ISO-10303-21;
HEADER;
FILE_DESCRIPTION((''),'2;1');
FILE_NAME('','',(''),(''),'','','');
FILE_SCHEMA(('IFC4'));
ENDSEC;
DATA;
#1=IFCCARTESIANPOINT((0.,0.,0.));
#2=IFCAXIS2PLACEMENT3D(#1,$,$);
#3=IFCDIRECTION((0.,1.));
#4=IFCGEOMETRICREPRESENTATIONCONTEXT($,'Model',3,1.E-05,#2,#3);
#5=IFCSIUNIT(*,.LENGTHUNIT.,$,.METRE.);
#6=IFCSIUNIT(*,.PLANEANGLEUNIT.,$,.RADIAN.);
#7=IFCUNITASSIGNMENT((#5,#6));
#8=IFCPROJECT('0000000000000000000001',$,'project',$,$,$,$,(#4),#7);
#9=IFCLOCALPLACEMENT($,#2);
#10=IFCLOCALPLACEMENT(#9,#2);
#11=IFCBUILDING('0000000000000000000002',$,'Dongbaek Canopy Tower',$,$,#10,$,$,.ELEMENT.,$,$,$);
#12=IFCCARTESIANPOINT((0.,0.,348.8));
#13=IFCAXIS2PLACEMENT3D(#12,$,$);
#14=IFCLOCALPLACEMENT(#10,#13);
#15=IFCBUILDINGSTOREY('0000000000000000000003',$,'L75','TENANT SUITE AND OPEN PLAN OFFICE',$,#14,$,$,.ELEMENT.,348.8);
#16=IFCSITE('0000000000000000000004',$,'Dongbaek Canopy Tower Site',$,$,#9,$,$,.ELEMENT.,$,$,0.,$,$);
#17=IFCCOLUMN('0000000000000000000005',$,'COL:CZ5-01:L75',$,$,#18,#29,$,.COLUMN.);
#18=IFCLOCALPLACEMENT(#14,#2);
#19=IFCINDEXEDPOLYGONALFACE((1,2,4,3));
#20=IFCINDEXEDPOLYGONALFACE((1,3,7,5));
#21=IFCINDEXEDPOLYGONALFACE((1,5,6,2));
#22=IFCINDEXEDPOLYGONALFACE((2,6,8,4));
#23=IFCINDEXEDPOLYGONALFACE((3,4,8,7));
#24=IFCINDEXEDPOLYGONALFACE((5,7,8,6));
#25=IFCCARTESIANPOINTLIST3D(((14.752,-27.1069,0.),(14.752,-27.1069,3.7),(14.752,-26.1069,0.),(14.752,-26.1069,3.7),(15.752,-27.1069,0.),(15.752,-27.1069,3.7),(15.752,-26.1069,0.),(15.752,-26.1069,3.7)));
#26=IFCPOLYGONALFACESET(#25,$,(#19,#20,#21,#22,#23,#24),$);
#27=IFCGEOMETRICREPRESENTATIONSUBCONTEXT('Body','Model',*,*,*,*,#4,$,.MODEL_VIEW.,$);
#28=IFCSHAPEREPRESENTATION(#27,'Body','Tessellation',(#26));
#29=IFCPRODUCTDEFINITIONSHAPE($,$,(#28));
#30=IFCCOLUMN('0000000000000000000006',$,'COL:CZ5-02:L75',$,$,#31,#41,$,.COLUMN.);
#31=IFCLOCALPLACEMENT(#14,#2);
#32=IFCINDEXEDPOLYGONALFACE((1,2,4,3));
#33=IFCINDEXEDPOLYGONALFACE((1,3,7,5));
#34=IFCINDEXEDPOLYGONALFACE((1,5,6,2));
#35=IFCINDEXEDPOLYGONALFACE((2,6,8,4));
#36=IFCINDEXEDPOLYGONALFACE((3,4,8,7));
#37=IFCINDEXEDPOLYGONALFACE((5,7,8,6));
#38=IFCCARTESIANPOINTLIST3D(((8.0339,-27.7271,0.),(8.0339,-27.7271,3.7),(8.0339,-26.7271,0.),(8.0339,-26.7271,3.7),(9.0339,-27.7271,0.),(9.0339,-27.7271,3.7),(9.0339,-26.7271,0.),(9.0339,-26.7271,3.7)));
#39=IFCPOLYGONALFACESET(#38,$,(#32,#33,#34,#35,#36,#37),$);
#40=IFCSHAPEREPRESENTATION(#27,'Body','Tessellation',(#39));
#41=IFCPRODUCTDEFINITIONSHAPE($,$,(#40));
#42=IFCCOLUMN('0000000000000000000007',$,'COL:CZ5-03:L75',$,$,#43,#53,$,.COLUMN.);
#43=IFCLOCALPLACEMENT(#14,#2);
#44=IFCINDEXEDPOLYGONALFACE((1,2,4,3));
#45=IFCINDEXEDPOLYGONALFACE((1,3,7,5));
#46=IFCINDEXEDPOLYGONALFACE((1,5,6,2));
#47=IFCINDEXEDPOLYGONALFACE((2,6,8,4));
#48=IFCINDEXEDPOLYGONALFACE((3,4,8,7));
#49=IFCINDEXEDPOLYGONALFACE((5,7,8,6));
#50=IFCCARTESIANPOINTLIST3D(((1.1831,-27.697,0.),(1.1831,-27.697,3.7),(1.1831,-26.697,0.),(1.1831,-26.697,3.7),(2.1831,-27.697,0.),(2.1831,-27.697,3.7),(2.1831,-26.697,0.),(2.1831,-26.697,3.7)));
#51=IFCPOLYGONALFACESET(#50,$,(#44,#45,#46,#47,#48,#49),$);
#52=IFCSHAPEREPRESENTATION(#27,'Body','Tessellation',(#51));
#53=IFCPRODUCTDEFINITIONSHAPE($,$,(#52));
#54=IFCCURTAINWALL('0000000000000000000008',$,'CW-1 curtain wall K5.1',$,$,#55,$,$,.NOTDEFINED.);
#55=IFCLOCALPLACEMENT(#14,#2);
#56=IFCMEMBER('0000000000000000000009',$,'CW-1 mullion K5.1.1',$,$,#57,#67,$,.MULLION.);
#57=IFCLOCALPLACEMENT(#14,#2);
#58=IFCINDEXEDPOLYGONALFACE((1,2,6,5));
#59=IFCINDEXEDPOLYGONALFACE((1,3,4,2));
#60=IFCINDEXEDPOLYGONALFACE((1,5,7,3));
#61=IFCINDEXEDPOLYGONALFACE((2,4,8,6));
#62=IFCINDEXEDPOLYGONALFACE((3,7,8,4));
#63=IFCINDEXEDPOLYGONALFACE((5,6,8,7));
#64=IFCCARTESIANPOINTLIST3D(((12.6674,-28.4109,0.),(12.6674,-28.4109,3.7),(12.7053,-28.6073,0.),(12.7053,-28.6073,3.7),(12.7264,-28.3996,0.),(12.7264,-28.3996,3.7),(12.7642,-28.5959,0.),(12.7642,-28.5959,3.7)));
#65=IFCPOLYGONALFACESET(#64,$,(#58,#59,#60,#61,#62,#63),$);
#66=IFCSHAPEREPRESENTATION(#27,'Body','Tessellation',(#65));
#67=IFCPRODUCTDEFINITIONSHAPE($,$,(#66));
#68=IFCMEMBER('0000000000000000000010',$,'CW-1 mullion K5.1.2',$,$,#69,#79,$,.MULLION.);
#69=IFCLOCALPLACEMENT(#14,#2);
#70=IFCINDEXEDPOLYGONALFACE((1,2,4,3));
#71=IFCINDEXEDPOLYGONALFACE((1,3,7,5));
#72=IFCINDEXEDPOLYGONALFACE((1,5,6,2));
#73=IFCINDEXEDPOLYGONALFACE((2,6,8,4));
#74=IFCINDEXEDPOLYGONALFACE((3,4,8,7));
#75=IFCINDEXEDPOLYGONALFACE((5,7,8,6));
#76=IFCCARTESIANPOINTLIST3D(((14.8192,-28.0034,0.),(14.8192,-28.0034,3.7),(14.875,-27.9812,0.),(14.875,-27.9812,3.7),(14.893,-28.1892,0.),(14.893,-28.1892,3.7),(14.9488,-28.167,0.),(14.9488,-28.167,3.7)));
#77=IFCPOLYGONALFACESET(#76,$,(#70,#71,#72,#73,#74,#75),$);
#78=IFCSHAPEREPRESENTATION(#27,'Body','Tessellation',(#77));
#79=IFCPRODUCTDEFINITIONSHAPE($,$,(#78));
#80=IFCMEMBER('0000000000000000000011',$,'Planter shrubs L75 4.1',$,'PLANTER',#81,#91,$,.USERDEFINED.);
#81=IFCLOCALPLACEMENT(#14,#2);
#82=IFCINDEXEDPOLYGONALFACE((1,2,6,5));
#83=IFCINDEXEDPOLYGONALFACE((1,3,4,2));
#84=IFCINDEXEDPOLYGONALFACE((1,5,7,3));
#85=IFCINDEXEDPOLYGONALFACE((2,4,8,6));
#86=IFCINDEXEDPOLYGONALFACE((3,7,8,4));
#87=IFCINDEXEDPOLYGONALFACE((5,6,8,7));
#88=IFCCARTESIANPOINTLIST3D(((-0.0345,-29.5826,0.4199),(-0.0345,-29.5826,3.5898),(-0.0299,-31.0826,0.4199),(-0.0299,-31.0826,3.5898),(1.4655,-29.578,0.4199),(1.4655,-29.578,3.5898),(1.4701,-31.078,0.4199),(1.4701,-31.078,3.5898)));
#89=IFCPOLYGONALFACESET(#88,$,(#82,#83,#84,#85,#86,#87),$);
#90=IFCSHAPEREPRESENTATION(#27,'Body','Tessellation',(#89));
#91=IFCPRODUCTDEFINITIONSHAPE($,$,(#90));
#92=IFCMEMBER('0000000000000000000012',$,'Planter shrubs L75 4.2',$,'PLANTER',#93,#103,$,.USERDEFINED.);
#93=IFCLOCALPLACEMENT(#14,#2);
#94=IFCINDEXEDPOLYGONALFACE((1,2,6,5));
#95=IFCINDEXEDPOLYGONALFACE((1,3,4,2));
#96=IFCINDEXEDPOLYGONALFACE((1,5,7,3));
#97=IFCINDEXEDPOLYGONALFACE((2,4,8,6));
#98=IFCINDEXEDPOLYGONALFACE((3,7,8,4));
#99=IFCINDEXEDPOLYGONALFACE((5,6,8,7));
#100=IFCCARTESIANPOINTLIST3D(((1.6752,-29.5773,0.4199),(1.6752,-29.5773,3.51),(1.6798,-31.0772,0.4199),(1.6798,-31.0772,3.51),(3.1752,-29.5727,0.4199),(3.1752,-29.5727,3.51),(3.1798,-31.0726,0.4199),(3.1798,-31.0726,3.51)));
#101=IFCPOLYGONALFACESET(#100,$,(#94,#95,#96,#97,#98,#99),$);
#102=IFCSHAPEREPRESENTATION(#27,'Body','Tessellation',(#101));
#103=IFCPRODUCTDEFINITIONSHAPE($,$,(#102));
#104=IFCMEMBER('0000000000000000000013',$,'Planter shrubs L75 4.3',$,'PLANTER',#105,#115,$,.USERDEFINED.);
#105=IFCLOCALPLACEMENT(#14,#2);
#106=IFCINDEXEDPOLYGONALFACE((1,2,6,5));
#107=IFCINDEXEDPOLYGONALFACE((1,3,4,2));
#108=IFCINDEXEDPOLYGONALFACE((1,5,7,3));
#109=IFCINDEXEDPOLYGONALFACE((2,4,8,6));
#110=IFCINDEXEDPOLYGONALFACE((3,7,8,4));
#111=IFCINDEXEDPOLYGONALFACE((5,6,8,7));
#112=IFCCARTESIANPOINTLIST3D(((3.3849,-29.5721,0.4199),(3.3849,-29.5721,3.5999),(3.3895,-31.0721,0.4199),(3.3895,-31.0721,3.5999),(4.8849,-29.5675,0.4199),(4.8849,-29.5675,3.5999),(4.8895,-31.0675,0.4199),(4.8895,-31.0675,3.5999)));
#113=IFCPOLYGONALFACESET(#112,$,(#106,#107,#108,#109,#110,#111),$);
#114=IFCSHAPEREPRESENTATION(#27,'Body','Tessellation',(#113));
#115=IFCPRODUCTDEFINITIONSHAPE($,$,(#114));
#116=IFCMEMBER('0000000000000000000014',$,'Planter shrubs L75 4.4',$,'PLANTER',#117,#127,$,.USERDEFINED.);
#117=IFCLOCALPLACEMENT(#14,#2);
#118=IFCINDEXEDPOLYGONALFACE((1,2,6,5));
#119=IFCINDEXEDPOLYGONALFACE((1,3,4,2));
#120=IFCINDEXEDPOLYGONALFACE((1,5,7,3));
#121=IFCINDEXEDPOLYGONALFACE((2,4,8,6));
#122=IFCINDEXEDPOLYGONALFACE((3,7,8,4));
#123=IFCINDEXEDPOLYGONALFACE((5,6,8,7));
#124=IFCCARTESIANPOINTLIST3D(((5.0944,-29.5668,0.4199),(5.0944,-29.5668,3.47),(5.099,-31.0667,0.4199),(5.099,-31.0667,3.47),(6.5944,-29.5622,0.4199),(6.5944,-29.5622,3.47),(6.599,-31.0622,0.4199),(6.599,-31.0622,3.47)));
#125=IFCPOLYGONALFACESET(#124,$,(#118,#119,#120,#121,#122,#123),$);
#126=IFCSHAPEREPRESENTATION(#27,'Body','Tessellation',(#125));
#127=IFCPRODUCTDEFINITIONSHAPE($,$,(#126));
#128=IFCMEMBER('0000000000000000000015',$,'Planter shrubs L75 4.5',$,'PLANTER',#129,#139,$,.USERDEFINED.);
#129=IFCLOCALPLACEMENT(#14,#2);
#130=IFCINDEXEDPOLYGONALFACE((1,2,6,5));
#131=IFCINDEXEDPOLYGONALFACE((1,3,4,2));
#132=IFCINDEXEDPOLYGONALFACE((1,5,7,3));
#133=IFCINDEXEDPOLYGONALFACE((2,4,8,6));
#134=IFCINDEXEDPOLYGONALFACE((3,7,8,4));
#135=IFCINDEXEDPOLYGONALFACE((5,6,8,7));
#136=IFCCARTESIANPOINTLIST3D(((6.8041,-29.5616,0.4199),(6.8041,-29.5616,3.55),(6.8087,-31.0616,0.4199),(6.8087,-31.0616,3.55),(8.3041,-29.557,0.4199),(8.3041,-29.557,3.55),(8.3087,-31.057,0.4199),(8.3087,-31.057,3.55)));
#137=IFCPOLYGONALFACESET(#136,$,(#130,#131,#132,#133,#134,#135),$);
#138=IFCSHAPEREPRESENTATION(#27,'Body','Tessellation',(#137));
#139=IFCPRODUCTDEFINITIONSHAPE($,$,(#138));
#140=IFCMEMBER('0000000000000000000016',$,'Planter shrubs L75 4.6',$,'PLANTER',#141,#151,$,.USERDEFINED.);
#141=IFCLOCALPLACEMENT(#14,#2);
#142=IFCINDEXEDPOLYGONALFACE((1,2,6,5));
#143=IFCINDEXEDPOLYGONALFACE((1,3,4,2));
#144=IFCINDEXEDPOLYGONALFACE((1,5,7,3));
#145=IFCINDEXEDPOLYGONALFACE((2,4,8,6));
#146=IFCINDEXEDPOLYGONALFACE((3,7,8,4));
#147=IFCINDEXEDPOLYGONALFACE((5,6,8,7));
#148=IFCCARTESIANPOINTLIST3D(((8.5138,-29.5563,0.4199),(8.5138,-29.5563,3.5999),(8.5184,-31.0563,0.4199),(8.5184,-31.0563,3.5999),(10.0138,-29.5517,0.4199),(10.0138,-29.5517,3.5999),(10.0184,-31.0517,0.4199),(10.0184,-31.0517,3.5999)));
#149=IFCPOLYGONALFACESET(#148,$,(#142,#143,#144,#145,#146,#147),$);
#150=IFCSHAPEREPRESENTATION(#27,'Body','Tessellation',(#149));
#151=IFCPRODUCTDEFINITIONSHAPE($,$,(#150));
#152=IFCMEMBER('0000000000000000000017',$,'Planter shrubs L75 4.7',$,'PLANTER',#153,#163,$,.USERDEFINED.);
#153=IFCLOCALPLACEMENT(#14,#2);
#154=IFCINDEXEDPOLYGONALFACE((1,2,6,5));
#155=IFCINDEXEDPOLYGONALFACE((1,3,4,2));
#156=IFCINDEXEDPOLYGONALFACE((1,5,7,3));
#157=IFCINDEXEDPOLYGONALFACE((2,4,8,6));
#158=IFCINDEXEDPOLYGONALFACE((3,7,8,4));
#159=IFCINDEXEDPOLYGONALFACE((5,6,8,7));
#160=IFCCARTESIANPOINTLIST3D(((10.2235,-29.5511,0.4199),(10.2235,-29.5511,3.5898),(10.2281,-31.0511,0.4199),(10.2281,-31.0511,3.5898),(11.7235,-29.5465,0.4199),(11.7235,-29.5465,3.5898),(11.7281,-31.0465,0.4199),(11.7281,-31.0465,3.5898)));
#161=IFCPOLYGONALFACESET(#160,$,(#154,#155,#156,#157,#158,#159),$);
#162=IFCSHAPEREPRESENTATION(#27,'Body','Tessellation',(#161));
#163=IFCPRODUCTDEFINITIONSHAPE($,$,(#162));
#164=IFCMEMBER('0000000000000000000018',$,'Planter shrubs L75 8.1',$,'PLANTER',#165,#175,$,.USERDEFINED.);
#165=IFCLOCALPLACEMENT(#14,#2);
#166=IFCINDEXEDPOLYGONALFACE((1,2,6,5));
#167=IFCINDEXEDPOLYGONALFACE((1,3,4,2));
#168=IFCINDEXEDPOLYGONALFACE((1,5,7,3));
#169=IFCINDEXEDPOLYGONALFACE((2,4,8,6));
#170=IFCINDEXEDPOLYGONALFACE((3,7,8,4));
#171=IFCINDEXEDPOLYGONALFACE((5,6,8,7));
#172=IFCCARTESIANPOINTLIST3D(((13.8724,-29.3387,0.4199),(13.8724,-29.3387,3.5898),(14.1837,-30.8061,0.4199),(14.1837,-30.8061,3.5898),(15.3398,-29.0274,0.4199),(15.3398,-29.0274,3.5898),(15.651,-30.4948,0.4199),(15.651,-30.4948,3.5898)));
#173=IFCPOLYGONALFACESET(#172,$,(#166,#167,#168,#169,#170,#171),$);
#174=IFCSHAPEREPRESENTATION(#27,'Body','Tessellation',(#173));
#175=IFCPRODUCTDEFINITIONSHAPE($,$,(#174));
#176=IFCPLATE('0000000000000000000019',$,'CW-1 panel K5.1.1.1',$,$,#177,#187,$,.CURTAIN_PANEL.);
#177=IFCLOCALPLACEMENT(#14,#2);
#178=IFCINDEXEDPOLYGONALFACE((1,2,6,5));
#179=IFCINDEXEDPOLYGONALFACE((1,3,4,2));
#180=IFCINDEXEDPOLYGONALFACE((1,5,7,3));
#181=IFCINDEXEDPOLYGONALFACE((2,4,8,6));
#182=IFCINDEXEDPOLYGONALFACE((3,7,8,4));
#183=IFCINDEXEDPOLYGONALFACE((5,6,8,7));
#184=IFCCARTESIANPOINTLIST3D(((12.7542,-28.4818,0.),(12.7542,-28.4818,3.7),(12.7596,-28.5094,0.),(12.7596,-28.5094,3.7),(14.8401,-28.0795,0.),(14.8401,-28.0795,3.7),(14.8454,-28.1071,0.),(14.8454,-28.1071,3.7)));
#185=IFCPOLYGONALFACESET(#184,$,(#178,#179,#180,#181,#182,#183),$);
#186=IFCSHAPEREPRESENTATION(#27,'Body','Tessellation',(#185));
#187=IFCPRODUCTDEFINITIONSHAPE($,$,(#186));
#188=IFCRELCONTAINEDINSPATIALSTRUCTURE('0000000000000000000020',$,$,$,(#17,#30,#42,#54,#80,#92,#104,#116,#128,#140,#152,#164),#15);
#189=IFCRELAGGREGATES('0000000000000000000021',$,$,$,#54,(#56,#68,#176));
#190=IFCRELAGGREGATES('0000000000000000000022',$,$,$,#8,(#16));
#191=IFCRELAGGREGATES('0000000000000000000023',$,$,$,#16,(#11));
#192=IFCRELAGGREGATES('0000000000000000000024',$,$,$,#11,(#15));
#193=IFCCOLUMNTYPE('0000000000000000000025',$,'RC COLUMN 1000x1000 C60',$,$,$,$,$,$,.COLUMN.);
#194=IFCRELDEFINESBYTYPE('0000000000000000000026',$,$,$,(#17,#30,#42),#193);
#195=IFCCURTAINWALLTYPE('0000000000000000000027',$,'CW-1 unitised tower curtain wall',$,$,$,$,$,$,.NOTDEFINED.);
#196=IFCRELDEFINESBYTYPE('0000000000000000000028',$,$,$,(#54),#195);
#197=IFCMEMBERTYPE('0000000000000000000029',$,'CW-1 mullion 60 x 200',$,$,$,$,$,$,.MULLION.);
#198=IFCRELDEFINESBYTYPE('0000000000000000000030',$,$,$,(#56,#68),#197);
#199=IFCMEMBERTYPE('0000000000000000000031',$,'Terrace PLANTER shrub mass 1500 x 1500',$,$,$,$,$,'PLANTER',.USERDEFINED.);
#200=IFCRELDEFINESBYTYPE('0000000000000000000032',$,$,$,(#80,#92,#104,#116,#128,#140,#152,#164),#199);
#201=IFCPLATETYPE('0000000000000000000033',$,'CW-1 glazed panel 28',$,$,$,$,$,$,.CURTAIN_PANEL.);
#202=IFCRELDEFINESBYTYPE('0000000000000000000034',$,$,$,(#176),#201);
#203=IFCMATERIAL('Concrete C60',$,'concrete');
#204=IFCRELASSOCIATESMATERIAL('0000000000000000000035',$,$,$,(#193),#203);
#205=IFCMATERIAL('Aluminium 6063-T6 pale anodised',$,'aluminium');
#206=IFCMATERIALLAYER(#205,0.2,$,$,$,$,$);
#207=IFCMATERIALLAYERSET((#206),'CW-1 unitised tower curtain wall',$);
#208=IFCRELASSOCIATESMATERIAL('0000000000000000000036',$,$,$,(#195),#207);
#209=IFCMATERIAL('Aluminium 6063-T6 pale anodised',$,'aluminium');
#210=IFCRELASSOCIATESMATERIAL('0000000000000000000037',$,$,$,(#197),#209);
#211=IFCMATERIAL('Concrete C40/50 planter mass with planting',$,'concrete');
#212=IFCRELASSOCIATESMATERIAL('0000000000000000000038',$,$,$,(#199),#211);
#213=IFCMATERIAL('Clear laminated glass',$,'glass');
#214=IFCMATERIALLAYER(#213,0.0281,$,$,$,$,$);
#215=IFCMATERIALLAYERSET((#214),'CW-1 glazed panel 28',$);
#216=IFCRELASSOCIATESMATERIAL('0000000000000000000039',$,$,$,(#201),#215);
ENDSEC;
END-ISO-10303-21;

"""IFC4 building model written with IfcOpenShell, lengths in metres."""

from ifc_helpers import new_model, si_unit, direction, frame, origin, origin_2d, place, context, subcontext, project, spatial, rectangle, extrude, material, layer, layer_set, material_profile, profile_set, type_object, element, aggregate, save


model = new_model("IFC4")

# Units and contexts
model_context = context("Model", 3, precision=1e-05, world=origin(), true_north=direction((0.0, 1.0)))
body_context = subcontext(model_context, "Body", "Model", "MODEL_VIEW")
ifc_project = project(units=[si_unit("LENGTHUNIT", "METRE"), si_unit("PLANEANGLEUNIT", "RADIAN")], contexts=[model_context])

# Site, building, storey
site_placement = place(None, origin())
site = spatial("IfcSite", under=ifc_project, at=site_placement, Name="Dongbaek Canopy Tower Site", CompositionType="ELEMENT", RefElevation=0.0)
building_placement = place(site_placement, origin())
building = spatial("IfcBuilding", under=site, at=building_placement, Name="Dongbaek Canopy Tower", CompositionType="ELEMENT")
storey_placement = place(building_placement, frame((0.0, 0.0, 348.8)))
storey = spatial("IfcBuildingStorey", under=building, at=storey_placement, Name="L75", Description="TENANT SUITE AND OPEN PLAN OFFICE", CompositionType="ELEMENT", Elevation=348.8)

# Columns
ifc_material_1 = material(Name="Concrete C60", Category="concrete")
ifc_material_profile_1 = material_profile(ifc_material_1, rectangle(XDim=1.0, YDim=1.0, at=origin_2d()), Name="RC COLUMN 1000x1000 C60")
ifc_profile_set_1 = profile_set([ifc_material_profile_1], Name="Concrete C60")
column_type = type_object("IfcColumnType", Name="RC COLUMN 1000x1000 C60", PredefinedType="COLUMN", material=ifc_profile_set_1)
for number, where, z_axis, x_axis, name in (
    (1, (15.252, -26.6069, 0.0), (0.0, 0.0, 1.0), (1.0, 0.0, 0.0), "COL:CZ5-01:L75"),
    (2, (8.5339, -27.2271, 0.0), (0.0, 0.0, 1.0), (1.0, 0.0, 0.0), "COL:CZ5-02:L75"),
    (3, (1.6831, -27.197, 0.0), (0.0, 0.0, 1.0), (1.0, 0.0, 0.0), "COL:CZ5-03:L75"),
):
    element("IfcColumn", number, at=place(storey_placement, frame(where, z_axis=z_axis, x_axis=x_axis)), inside=storey, type_object=column_type, Name=name, PredefinedType="COLUMN", context=body_context, shape_type="SweptSolid", body=[
        extrude(rectangle(XDim=1.0, YDim=1.0, at=origin_2d()), origin(), (0.0, 0.0, 1.0), 3.7),
    ])

# Curtain wall, members
ifc_material_2 = material(Name="Aluminium 6063-T6 pale anodised", Category="aluminium")
ifc_layer_1 = layer(ifc_material_2, 0.2)
ifc_layer_set_1 = layer_set([ifc_layer_1], Name="CW-1 unitised tower curtain wall")
curtain_wall_type = type_object("IfcCurtainWallType", Name="CW-1 unitised tower curtain wall", PredefinedType="NOTDEFINED", material=ifc_layer_set_1)
curtain_wall_placement = place(storey_placement, origin())
curtain_wall = element("IfcCurtainWall", 4, at=curtain_wall_placement, inside=storey, type_object=curtain_wall_type, Name="CW-1 curtain wall K5.1", PredefinedType="NOTDEFINED")
ifc_material_3 = material(Name="Aluminium 6063-T6 pale anodised", Category="aluminium")
ifc_material_profile_2 = material_profile(ifc_material_3, rectangle(XDim=0.2, YDim=0.0601, at=origin_2d()), Name="CW-1 mullion 60 x 200")
ifc_profile_set_2 = profile_set([ifc_material_profile_2], Name="Aluminium 6063-T6 pale anodised")
member_type_1 = type_object("IfcMemberType", Name="CW-1 mullion 60 x 200", PredefinedType="MULLION", material=ifc_profile_set_2)
member_1_placement = place(storey_placement, frame((12.7158, -28.5034, 0.0), z_axis=(0.0, 0.0, 1.0), x_axis=(0.189394, -0.981901, 0.0)))
member_1 = element("IfcMember", 5, at=member_1_placement, type_object=member_type_1, Name="CW-1 mullion K5.1.1", PredefinedType="MULLION", context=body_context, shape_type="SweptSolid", body=[
    extrude(rectangle(XDim=0.2, YDim=0.0601, at=origin_2d()), origin(), (0.0, 0.0, 1.0), 3.7),
])
member_2_placement = place(storey_placement, frame((14.884, -28.0852, 0.0), z_axis=(0.0, 0.0, 1.0), x_axis=(0.369084, -0.929396, 0.0)))
member_2 = element("IfcMember", 6, at=member_2_placement, type_object=member_type_1, Name="CW-1 mullion K5.1.2", PredefinedType="MULLION", context=body_context, shape_type="SweptSolid", body=[
    extrude(rectangle(XDim=0.2, YDim=0.0601, at=origin_2d()), origin(), (0.0, 0.0, 1.0), 3.7),
])

# Members
ifc_material_4 = material(Name="Concrete C40/50 planter mass with planting", Category="concrete")
ifc_material_profile_3 = material_profile(ifc_material_4, rectangle(XDim=1.5, YDim=1.5, at=origin_2d()), Name="Terrace PLANTER shrub mass 1500 x 1500")
ifc_profile_set_3 = profile_set([ifc_material_profile_3], Name="Concrete C40/50 planter mass with planting")
member_type_2 = type_object("IfcMemberType", Name="Terrace PLANTER shrub mass 1500 x 1500", ElementType="PLANTER", PredefinedType="USERDEFINED", material=ifc_profile_set_3)
member_3_placement = place(storey_placement, frame((0.7178, -30.3303, 0.4199), z_axis=(0.0, 0.0, 1.0), x_axis=(0.003066, -0.999995, 0.0)))
element("IfcMember", 7, at=member_3_placement, inside=storey, type_object=member_type_2, Name="Planter shrubs L75 4.1", ObjectType="PLANTER", PredefinedType="USERDEFINED", context=body_context, shape_type="SweptSolid", body=[
    extrude(rectangle(XDim=1.5, YDim=1.5, at=origin_2d()), origin(), (0.0, 0.0, 1.0), 3.1699),
])
member_4_placement = place(storey_placement, frame((2.4275, -30.325, 0.4199), z_axis=(0.0, 0.0, 1.0), x_axis=(0.003066, -0.999995, 0.0)))
element("IfcMember", 8, at=member_4_placement, inside=storey, type_object=member_type_2, Name="Planter shrubs L75 4.2", ObjectType="PLANTER", PredefinedType="USERDEFINED", context=body_context, shape_type="SweptSolid", body=[
    extrude(rectangle(XDim=1.5, YDim=1.5, at=origin_2d()), origin(), (0.0, 0.0, 1.0), 3.0901),
])
member_5_placement = place(storey_placement, frame((4.1372, -30.3198, 0.4199), z_axis=(0.0, 0.0, 1.0), x_axis=(0.003066, -0.999995, 0.0)))
element("IfcMember", 9, at=member_5_placement, inside=storey, type_object=member_type_2, Name="Planter shrubs L75 4.3", ObjectType="PLANTER", PredefinedType="USERDEFINED", context=body_context, shape_type="SweptSolid", body=[
    extrude(rectangle(XDim=1.5, YDim=1.5, at=origin_2d()), origin(), (0.0, 0.0, 1.0), 3.1799),
])
member_6_placement = place(storey_placement, frame((5.8467, -30.3145, 0.4199), z_axis=(0.0, 0.0, 1.0), x_axis=(0.003066, -0.999995, 0.0)))
element("IfcMember", 10, at=member_6_placement, inside=storey, type_object=member_type_2, Name="Planter shrubs L75 4.4", ObjectType="PLANTER", PredefinedType="USERDEFINED", context=body_context, shape_type="SweptSolid", body=[
    extrude(rectangle(XDim=1.5, YDim=1.5, at=origin_2d()), origin(), (0.0, 0.0, 1.0), 3.05),
])
member_7_placement = place(storey_placement, frame((7.5564, -30.3093, 0.4199), z_axis=(0.0, 0.0, 1.0), x_axis=(0.003066, -0.999995, 0.0)))
element("IfcMember", 11, at=member_7_placement, inside=storey, type_object=member_type_2, Name="Planter shrubs L75 4.5", ObjectType="PLANTER", PredefinedType="USERDEFINED", context=body_context, shape_type="SweptSolid", body=[
    extrude(rectangle(XDim=1.5, YDim=1.5, at=origin_2d()), origin(), (0.0, 0.0, 1.0), 3.1301),
])
member_8_placement = place(storey_placement, frame((9.2661, -30.304, 0.4199), z_axis=(0.0, 0.0, 1.0), x_axis=(0.003066, -0.999995, 0.0)))
element("IfcMember", 12, at=member_8_placement, inside=storey, type_object=member_type_2, Name="Planter shrubs L75 4.6", ObjectType="PLANTER", PredefinedType="USERDEFINED", context=body_context, shape_type="SweptSolid", body=[
    extrude(rectangle(XDim=1.5, YDim=1.5, at=origin_2d()), origin(), (0.0, 0.0, 1.0), 3.1799),
])
for number, where, z_axis, x_axis, name in (
    (13, (10.9758, -30.2988, 0.4199), (0.0, 0.0, 1.0), (0.003066, -0.999995, 0.0), "Planter shrubs L75 4.7"),
    (14, (14.7617, -29.9167, 0.4199), (0.0, 0.0, 1.0), (0.207514, -0.978232, 0.0), "Planter shrubs L75 8.1"),
):
    element("IfcMember", number, at=place(storey_placement, frame(where, z_axis=z_axis, x_axis=x_axis)), inside=storey, type_object=member_type_2, Name=name, ObjectType="PLANTER", PredefinedType="USERDEFINED", context=body_context, shape_type="SweptSolid", body=[
        extrude(rectangle(XDim=1.5, YDim=1.5, at=origin_2d()), origin(), (0.0, 0.0, 1.0), 3.1699),
    ])

# Plate
ifc_material_5 = material(Name="Clear laminated glass", Category="glass")
ifc_layer_2 = layer(ifc_material_5, 0.0281)
ifc_layer_set_2 = layer_set([ifc_layer_2], Name="CW-1 glazed panel 28")
plate_type = type_object("IfcPlateType", Name="CW-1 glazed panel 28", PredefinedType="CURTAIN_PANEL", material=ifc_layer_set_2)
plate_placement = place(storey_placement, frame((13.7998, -28.2944, 0.0), z_axis=(0.0, 0.0, 1.0), x_axis=(0.981901, 0.189394, 0.0)))
plate = element("IfcPlate", 15, at=plate_placement, type_object=plate_type, Name="CW-1 panel K5.1.1.1", PredefinedType="CURTAIN_PANEL", context=body_context, shape_type="SweptSolid", body=[
    extrude(rectangle(XDim=2.1243, YDim=0.0281, at=origin_2d()), origin(), (0.0, 0.0, 1.0), 3.7),
])
aggregate(curtain_wall, [member_1, member_2, plate])

save(model, "model.ifc")
